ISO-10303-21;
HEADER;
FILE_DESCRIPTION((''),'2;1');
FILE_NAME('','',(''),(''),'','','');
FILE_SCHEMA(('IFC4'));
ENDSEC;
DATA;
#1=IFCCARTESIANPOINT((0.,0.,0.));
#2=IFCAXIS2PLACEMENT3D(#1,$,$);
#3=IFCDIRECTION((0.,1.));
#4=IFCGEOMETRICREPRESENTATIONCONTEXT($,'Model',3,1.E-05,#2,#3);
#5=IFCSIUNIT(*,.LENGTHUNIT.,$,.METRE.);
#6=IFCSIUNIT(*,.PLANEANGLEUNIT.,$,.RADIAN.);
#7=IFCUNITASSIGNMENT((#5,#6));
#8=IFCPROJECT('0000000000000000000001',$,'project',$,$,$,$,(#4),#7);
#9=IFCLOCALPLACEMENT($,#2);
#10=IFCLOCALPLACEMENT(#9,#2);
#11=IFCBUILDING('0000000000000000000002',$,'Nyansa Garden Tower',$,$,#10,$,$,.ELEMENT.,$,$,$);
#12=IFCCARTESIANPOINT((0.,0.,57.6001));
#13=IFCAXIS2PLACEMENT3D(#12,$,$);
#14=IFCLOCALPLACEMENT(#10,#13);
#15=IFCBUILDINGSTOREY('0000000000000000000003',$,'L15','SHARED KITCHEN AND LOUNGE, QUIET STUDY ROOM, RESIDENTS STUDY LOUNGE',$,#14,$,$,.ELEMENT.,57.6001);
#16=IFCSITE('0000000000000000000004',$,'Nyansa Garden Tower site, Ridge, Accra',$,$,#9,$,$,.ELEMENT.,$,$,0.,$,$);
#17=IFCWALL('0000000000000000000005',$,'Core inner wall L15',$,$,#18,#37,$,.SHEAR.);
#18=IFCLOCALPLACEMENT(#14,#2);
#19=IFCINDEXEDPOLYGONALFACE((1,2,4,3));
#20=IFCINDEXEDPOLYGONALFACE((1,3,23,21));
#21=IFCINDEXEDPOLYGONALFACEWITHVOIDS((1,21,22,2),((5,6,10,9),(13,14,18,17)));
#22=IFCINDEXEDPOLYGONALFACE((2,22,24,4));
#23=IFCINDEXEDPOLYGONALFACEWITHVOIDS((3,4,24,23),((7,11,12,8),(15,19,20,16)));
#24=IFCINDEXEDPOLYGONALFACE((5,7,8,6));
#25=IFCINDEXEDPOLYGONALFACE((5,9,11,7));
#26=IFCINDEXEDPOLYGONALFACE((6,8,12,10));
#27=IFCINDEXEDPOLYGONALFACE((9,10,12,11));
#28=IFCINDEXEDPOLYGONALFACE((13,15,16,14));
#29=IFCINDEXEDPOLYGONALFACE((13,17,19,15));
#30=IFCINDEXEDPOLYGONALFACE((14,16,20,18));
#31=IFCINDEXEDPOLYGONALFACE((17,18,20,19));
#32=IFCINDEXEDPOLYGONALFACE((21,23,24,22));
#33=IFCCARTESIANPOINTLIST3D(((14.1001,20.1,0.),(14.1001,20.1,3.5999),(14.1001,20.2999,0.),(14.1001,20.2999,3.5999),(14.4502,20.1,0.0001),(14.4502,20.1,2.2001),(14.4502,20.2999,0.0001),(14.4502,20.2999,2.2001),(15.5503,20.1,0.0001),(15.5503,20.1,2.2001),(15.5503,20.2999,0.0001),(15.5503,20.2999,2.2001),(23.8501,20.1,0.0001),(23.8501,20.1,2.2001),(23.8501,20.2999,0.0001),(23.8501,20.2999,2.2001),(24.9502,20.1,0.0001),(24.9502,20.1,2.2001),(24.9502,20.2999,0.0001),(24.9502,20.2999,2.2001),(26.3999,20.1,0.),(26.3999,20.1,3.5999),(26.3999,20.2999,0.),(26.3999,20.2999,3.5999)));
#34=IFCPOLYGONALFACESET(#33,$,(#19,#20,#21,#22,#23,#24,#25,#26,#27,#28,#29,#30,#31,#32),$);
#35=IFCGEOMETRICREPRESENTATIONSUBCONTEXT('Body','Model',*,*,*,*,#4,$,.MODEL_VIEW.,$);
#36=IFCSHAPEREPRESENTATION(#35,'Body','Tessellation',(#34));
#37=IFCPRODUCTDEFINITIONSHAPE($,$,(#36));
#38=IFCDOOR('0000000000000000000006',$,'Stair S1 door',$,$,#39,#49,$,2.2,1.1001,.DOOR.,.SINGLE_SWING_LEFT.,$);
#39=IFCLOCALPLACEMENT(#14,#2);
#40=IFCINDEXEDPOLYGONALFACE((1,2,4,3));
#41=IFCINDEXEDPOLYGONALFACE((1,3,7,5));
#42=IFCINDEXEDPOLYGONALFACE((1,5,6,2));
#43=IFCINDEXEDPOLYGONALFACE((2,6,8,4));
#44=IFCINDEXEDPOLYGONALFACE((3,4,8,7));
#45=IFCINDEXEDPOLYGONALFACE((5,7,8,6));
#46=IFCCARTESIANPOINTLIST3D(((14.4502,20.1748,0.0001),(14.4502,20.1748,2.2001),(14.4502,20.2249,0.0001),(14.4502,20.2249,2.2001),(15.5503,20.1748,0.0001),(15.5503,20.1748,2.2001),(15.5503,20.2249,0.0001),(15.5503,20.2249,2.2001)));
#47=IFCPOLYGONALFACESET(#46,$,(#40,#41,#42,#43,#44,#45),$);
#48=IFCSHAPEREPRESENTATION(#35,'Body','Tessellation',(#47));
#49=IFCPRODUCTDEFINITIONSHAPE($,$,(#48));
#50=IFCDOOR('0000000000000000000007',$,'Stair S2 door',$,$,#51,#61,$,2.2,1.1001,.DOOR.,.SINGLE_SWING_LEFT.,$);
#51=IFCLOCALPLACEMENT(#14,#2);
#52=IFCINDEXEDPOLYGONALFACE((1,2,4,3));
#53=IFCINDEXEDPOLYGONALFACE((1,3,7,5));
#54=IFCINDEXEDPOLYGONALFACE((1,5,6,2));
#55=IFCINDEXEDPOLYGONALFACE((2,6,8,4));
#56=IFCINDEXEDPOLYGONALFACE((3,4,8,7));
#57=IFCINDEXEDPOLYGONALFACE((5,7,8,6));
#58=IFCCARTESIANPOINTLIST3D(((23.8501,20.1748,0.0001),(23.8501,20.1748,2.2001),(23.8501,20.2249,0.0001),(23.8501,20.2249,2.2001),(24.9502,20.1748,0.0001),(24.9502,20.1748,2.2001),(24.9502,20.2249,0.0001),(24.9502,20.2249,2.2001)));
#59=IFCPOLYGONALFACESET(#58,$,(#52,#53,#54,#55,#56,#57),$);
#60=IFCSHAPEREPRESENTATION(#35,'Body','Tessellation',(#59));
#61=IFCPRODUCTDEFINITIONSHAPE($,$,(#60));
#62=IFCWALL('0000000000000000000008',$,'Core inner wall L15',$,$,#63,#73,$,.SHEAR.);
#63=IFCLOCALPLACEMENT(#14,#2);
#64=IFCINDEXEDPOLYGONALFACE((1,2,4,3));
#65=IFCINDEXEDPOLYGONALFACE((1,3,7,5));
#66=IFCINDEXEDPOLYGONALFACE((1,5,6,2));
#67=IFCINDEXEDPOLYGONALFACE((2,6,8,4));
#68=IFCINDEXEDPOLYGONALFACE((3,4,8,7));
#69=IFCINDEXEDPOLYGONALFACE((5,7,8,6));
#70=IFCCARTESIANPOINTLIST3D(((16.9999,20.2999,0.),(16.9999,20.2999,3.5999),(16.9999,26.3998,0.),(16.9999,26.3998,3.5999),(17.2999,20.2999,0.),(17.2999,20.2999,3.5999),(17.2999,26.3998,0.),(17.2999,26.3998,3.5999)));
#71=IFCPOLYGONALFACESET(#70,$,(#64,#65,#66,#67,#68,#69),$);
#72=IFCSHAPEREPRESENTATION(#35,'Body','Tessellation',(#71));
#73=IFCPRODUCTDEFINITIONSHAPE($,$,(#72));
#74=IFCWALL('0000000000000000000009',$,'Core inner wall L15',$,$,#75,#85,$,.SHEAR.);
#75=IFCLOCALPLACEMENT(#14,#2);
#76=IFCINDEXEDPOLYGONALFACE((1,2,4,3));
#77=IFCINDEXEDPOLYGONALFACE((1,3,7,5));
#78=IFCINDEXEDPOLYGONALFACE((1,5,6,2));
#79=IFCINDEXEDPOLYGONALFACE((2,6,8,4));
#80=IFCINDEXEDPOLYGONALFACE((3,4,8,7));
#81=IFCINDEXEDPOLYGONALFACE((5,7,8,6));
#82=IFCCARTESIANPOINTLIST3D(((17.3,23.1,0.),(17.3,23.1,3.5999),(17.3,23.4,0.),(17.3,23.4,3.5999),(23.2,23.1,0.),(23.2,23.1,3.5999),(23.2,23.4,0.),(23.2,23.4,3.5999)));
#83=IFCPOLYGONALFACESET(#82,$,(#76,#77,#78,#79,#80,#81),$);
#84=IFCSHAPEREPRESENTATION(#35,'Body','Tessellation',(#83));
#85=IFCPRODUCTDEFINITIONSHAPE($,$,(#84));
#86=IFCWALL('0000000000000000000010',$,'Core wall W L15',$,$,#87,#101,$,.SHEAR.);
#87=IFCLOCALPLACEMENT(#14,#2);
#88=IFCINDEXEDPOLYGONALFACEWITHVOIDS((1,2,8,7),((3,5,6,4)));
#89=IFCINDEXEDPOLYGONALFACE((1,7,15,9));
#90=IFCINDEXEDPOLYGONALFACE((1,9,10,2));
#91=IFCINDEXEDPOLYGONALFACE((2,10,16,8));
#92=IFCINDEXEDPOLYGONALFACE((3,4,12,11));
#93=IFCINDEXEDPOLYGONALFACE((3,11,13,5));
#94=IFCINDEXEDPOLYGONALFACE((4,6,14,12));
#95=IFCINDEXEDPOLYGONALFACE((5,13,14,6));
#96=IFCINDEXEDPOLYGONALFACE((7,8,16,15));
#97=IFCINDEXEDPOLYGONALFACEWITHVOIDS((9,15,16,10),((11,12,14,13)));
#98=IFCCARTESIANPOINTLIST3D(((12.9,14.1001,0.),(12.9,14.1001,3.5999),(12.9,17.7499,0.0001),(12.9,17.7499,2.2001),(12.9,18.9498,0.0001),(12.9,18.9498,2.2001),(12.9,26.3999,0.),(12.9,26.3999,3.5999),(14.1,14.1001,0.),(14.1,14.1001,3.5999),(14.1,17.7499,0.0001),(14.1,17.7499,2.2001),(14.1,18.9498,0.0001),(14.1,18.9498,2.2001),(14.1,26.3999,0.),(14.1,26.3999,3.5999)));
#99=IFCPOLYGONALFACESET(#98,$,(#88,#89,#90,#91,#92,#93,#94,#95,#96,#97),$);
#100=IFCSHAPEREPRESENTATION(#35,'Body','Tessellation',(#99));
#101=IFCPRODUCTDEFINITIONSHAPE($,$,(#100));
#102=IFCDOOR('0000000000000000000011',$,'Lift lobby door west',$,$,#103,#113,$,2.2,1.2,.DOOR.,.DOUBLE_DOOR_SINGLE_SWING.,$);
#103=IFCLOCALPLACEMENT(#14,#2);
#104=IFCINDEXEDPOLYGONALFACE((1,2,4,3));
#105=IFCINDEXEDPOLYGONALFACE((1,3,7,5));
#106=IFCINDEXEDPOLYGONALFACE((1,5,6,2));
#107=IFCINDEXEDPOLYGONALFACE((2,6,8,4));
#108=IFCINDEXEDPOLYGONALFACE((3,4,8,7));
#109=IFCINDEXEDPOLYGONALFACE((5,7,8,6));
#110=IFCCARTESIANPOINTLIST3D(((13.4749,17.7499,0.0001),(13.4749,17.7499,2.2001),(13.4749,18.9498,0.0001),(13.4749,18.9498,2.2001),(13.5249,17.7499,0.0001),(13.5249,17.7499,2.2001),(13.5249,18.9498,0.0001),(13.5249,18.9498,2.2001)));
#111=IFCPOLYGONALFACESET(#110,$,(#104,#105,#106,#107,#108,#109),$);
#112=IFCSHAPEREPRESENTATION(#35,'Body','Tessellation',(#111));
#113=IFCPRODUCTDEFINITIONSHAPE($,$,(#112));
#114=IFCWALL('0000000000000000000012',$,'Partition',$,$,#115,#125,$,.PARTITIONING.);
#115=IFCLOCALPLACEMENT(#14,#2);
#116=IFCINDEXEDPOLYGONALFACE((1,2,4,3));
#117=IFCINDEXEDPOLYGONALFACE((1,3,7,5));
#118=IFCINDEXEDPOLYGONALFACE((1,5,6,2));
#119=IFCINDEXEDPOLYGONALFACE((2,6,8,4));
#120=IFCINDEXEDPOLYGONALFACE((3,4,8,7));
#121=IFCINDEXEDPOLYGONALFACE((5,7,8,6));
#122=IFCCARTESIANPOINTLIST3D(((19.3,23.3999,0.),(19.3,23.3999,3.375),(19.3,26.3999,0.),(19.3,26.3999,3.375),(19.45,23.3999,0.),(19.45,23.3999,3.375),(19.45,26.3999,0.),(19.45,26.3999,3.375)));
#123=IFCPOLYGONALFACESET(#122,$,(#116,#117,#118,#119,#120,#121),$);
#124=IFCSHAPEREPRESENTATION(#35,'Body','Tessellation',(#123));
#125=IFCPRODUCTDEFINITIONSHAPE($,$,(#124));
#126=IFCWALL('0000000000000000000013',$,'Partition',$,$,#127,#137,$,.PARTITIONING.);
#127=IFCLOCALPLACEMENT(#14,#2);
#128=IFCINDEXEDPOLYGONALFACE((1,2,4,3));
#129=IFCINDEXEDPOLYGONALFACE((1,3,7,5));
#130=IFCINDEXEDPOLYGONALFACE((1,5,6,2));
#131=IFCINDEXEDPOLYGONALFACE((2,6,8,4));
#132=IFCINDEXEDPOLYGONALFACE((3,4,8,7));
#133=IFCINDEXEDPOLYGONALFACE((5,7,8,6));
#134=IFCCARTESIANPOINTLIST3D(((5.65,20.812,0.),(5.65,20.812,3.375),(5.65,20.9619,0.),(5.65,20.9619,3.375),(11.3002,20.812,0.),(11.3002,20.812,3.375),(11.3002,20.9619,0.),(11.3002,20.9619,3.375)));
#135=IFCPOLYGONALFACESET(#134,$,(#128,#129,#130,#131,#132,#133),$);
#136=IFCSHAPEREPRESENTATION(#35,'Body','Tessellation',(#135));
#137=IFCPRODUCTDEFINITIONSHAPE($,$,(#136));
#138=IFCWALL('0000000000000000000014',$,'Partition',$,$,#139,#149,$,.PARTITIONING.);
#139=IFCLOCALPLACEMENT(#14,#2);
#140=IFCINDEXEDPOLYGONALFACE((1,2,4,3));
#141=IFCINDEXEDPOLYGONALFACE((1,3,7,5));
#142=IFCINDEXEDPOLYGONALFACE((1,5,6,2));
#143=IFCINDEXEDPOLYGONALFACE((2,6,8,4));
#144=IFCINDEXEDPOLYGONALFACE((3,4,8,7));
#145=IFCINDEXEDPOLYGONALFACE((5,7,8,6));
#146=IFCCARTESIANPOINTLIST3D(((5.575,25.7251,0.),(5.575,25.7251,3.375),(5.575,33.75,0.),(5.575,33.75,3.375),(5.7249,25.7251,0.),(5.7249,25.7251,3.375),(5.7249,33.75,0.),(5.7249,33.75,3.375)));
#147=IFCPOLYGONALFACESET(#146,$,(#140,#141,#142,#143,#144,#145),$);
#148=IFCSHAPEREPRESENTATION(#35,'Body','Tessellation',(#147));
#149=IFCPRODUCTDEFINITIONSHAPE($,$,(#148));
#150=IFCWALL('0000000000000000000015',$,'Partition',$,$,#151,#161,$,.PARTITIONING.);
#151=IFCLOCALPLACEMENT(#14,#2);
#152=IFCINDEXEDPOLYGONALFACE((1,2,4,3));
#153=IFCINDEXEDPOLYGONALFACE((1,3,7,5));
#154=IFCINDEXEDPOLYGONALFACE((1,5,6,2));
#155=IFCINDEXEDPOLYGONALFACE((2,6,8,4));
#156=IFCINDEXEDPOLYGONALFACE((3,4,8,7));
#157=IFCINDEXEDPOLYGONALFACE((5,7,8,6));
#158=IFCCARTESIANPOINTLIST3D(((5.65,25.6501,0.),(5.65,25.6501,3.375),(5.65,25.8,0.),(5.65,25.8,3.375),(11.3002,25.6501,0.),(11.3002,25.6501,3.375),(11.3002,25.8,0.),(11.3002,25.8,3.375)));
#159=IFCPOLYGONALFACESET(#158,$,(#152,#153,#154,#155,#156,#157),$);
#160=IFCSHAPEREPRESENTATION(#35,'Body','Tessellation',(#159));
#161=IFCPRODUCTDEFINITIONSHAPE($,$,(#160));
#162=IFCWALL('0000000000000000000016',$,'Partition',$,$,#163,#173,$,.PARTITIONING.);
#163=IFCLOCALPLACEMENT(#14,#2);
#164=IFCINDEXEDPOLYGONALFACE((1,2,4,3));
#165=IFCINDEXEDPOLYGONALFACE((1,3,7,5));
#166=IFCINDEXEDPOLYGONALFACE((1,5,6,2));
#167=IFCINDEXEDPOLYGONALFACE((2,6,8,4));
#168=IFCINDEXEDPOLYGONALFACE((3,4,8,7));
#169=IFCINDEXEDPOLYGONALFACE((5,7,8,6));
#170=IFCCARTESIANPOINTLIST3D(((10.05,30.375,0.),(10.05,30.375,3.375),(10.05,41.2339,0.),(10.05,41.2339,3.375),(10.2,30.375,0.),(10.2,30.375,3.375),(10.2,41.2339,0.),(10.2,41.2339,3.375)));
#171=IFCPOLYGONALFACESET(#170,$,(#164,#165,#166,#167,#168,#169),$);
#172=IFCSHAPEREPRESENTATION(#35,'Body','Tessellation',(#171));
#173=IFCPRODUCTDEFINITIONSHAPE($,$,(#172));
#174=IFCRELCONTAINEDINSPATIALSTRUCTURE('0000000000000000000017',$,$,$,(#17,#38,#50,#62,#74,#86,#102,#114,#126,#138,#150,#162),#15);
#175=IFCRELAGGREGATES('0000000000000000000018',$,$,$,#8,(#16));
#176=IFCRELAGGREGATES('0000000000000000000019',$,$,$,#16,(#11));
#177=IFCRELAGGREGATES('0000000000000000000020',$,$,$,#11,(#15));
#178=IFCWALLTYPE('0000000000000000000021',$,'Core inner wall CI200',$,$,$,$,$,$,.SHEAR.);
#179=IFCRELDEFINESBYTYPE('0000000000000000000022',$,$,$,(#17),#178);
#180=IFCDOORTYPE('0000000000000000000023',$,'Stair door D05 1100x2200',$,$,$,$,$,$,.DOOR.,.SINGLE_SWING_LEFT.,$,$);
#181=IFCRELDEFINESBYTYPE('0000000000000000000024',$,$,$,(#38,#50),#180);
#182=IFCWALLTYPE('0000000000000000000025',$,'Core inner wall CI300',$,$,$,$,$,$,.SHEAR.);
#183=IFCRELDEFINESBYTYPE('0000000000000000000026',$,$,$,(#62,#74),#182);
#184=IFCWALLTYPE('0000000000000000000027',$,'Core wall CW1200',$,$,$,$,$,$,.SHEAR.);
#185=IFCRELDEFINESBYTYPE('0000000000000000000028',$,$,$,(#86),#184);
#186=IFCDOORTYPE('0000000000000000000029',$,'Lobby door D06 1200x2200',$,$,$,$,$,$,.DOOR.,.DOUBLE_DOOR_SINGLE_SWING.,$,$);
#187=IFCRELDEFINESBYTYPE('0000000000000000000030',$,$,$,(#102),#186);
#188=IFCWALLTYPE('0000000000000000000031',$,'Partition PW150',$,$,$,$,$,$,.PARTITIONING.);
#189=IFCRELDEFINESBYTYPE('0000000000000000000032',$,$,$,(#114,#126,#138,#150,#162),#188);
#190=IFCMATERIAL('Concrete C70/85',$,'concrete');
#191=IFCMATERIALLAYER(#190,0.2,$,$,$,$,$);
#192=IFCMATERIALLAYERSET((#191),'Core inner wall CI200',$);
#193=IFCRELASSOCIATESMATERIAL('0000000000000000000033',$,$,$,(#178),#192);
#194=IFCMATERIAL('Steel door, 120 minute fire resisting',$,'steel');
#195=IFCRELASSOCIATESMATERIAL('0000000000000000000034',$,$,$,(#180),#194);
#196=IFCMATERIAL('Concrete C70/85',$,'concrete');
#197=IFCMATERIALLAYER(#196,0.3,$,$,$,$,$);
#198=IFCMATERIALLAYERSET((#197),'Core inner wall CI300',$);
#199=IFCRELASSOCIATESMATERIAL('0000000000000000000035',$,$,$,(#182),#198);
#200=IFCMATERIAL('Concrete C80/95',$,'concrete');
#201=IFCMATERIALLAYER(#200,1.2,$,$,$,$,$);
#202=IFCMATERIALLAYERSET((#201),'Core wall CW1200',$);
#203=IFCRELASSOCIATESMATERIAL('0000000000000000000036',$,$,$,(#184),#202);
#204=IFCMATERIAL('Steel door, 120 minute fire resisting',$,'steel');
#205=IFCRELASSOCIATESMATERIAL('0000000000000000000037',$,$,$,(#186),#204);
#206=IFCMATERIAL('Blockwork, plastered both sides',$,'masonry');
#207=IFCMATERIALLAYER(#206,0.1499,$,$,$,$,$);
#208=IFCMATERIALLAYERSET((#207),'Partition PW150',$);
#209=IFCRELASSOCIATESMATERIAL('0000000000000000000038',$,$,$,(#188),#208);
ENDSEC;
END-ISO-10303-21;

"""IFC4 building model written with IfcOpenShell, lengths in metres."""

from ifc_helpers import new_model, si_unit, direction, frame, frame_2d, origin, place, context, subcontext, project, spatial, rectangle, extrude, material, layer, layer_set, type_object, element, fill, save


model = new_model("IFC4")

# Units and contexts
model_context = context("Model", 3, precision=1e-05, world=origin(), true_north=direction((0.0, 1.0)))
body_context = subcontext(model_context, "Body", "Model", "MODEL_VIEW")
ifc_project = project(units=[si_unit("LENGTHUNIT", "METRE"), si_unit("PLANEANGLEUNIT", "RADIAN")], contexts=[model_context])

# Site, building, storey
site_placement = place(None, origin())
site = spatial("IfcSite", under=ifc_project, at=site_placement, Name="Nyansa Garden Tower site, Ridge, Accra", CompositionType="ELEMENT", RefElevation=0.0)
building_placement = place(site_placement, origin())
building = spatial("IfcBuilding", under=site, at=building_placement, Name="Nyansa Garden Tower", CompositionType="ELEMENT")
storey_placement = place(building_placement, frame((0.0, 0.0, 57.6001)))
storey = spatial("IfcBuildingStorey", under=building, at=storey_placement, Name="L15", Description="SHARED KITCHEN AND LOUNGE, QUIET STUDY ROOM, RESIDENTS STUDY LOUNGE", CompositionType="ELEMENT", Elevation=57.6001)

# Wall, openings, doors
ifc_material_1 = material(Name="Concrete C70/85", Category="concrete")
ifc_layer_1 = layer(ifc_material_1, 0.2)
ifc_layer_set_1 = layer_set([ifc_layer_1], Name="Core inner wall CI200")
wall_type_1 = type_object("IfcWallType", Name="Core inner wall CI200", PredefinedType="SHEAR", material=ifc_layer_set_1)
wall_1_placement = place(storey_placement, frame((14.1001, 20.2, 0.0), z_axis=(0.0, 0.0, 1.0), x_axis=(1.0, 0.0, 0.0)))
wall_1 = element("IfcWall", 1, at=wall_1_placement, inside=storey, type_object=wall_type_1, Name="Core inner wall L15", PredefinedType="SHEAR", context=body_context, shape_type="SweptSolid", body=[
    extrude(rectangle(XDim=12.2998, YDim=0.2, at=frame_2d((6.1499, 0.0))), origin(), (0.0, 0.0, 1.0), 3.5999),
])
opening_1_placement = place(wall_1_placement, frame((0.3501, 0.0, 0.0)))
opening_1 = element("IfcOpeningElement", 2, at=opening_1_placement, cuts=wall_1, PredefinedType="OPENING", context=body_context, shape_type="SweptSolid", body=[
    extrude(rectangle(XDim=1.1001, YDim=2.2, at=frame_2d((0.55, 1.1001))), frame((0.0, 0.1099, 0.0), z_axis=(0.0, -1.0, 0.0), x_axis=(1.0, 0.0, 0.0)), (0.0, 0.0, 1.0), 0.22),
])
opening_2_placement = place(wall_1_placement, frame((9.75, 0.0, 0.0)))
opening_2 = element("IfcOpeningElement", 3, at=opening_2_placement, cuts=wall_1, PredefinedType="OPENING", context=body_context, shape_type="SweptSolid", body=[
    extrude(rectangle(XDim=1.1001, YDim=2.2, at=frame_2d((0.55, 1.1001))), frame((0.0, 0.1099, 0.0), z_axis=(0.0, -1.0, 0.0), x_axis=(1.0, 0.0, 0.0)), (0.0, 0.0, 1.0), 0.22),
])
ifc_material_2 = material(Name="Steel door, 120 minute fire resisting", Category="steel")
door_type_1 = type_object("IfcDoorType", Name="Stair door D05 1100x2200", OperationType="SINGLE_SWING_LEFT", PredefinedType="DOOR", material=ifc_material_2)
door_1_placement = place(opening_1_placement, origin())
door_1 = element("IfcDoor", 4, at=door_1_placement, inside=storey, type_object=door_type_1, Name="Stair S1 door", OperationType="SINGLE_SWING_LEFT", OverallHeight=2.2, OverallWidth=1.1001, PredefinedType="DOOR", context=body_context, shape_type="SweptSolid", body=[
    extrude(rectangle(XDim=1.1001, YDim=2.2, at=frame_2d((0.55, 1.1001))), frame((0.0, 0.0249, 0.0), z_axis=(0.0, -1.0, 0.0), x_axis=(1.0, 0.0, 0.0)), (0.0, 0.0, 1.0), 0.05),
])
fill(opening_1, door_1)
door_2_placement = place(opening_2_placement, origin())
door_2 = element("IfcDoor", 5, at=door_2_placement, inside=storey, type_object=door_type_1, Name="Stair S2 door", OperationType="SINGLE_SWING_LEFT", OverallHeight=2.2, OverallWidth=1.1001, PredefinedType="DOOR", context=body_context, shape_type="SweptSolid", body=[
    extrude(rectangle(XDim=1.1001, YDim=2.2, at=frame_2d((0.55, 1.1001))), frame((0.0, 0.0249, 0.0), z_axis=(0.0, -1.0, 0.0), x_axis=(1.0, 0.0, 0.0)), (0.0, 0.0, 1.0), 0.05),
])
fill(opening_2, door_2)

# Walls
ifc_material_3 = material(Name="Concrete C70/85", Category="concrete")
ifc_layer_2 = layer(ifc_material_3, 0.3)
ifc_layer_set_2 = layer_set([ifc_layer_2], Name="Core inner wall CI300")
wall_type_2 = type_object("IfcWallType", Name="Core inner wall CI300", PredefinedType="SHEAR", material=ifc_layer_set_2)
wall_2_placement = place(storey_placement, frame((17.1499, 20.3, 0.0), z_axis=(0.0, 0.0, 1.0), x_axis=(0.0, 1.0, 0.0)))
element("IfcWall", 6, at=wall_2_placement, inside=storey, type_object=wall_type_2, Name="Core inner wall L15", PredefinedType="SHEAR", context=body_context, shape_type="SweptSolid", body=[
    extrude(rectangle(XDim=6.0999, YDim=0.3, at=frame_2d((3.0498, 0.0))), origin(), (0.0, 0.0, 1.0), 3.5999),
])
wall_3_placement = place(storey_placement, frame((17.3, 23.25, 0.0), z_axis=(0.0, 0.0, 1.0), x_axis=(1.0, 0.0, 0.0)))
element("IfcWall", 7, at=wall_3_placement, inside=storey, type_object=wall_type_2, Name="Core inner wall L15", PredefinedType="SHEAR", context=body_context, shape_type="SweptSolid", body=[
    extrude(rectangle(XDim=5.8999, YDim=0.3, at=frame_2d((2.95, 0.0))), origin(), (0.0, 0.0, 1.0), 3.5999),
])

# Wall, opening, door
ifc_material_4 = material(Name="Concrete C80/95", Category="concrete")
ifc_layer_3 = layer(ifc_material_4, 1.2)
ifc_layer_set_3 = layer_set([ifc_layer_3], Name="Core wall CW1200")
wall_type_3 = type_object("IfcWallType", Name="Core wall CW1200", PredefinedType="SHEAR", material=ifc_layer_set_3)
wall_4_placement = place(storey_placement, frame((13.5, 26.3999, 0.0), z_axis=(0.0, 0.0, 1.0), x_axis=(0.0, -1.0, 0.0)))
wall_4 = element("IfcWall", 8, at=wall_4_placement, inside=storey, type_object=wall_type_3, Name="Core wall W L15", PredefinedType="SHEAR", context=body_context, shape_type="SweptSolid", body=[
    extrude(rectangle(XDim=12.2998, YDim=1.2, at=frame_2d((6.1499, 0.0))), origin(), (0.0, 0.0, 1.0), 3.5999),
])
opening_3_placement = place(wall_4_placement, frame((7.45, 0.0, 0.0)))
opening_3 = element("IfcOpeningElement", 9, at=opening_3_placement, cuts=wall_4, PredefinedType="OPENING", context=body_context, shape_type="SweptSolid", body=[
    extrude(rectangle(XDim=1.2, YDim=2.2, at=frame_2d((0.6001, 1.1001))), frame((0.0, 0.6099, 0.0), z_axis=(0.0, -1.0, 0.0), x_axis=(1.0, 0.0, 0.0)), (0.0, 0.0, 1.0), 1.22),
])
ifc_material_5 = material(Name="Steel door, 120 minute fire resisting", Category="steel")
door_type_2 = type_object("IfcDoorType", Name="Lobby door D06 1200x2200", OperationType="DOUBLE_DOOR_SINGLE_SWING", PredefinedType="DOOR", material=ifc_material_5)
door_3_placement = place(opening_3_placement, origin())
door_3 = element("IfcDoor", 10, at=door_3_placement, inside=storey, type_object=door_type_2, Name="Lift lobby door west", OperationType="DOUBLE_DOOR_SINGLE_SWING", OverallHeight=2.2, OverallWidth=1.2, PredefinedType="DOOR", context=body_context, shape_type="SweptSolid", body=[
    extrude(rectangle(XDim=1.2, YDim=2.2, at=frame_2d((0.6001, 1.1001))), frame((0.0, 0.0249, 0.0), z_axis=(0.0, -1.0, 0.0), x_axis=(1.0, 0.0, 0.0)), (0.0, 0.0, 1.0), 0.05),
])
fill(opening_3, door_3)

# Walls
ifc_material_6 = material(Name="Blockwork, plastered both sides", Category="masonry")
ifc_layer_4 = layer(ifc_material_6, 0.1499)
ifc_layer_set_4 = layer_set([ifc_layer_4], Name="Partition PW150")
wall_type_4 = type_object("IfcWallType", Name="Partition PW150", PredefinedType="PARTITIONING", material=ifc_layer_set_4)
wall_5_placement = place(storey_placement, frame((19.375, 23.3999, 0.0), z_axis=(0.0, 0.0, 1.0), x_axis=(0.0, 1.0, 0.0)))
element("IfcWall", 11, at=wall_5_placement, inside=storey, type_object=wall_type_4, Name="Partition", PredefinedType="PARTITIONING", context=body_context, shape_type="SweptSolid", body=[
    extrude(rectangle(XDim=3.0, YDim=0.1499, at=frame_2d((1.5, 0.0))), origin(), (0.0, 0.0, 1.0), 3.375),
])
wall_6_placement = place(storey_placement, frame((5.6499, 20.887, 0.0), z_axis=(0.0, 0.0, 1.0), x_axis=(1.0, 0.0, 0.0)))
element("IfcWall", 12, at=wall_6_placement, inside=storey, type_object=wall_type_4, Name="Partition", PredefinedType="PARTITIONING", context=body_context, shape_type="SweptSolid", body=[
    extrude(rectangle(XDim=5.6501, YDim=0.1499, at=frame_2d((2.8252, 0.0))), origin(), (0.0, 0.0, 1.0), 3.375),
])
wall_7_placement = place(storey_placement, frame((5.6499, 25.7251, 0.0), z_axis=(0.0, 0.0, 1.0), x_axis=(0.0, 1.0, 0.0)))
element("IfcWall", 13, at=wall_7_placement, inside=storey, type_object=wall_type_4, Name="Partition", PredefinedType="PARTITIONING", context=body_context, shape_type="SweptSolid", body=[
    extrude(rectangle(XDim=8.0249, YDim=0.1499, at=frame_2d((4.0125, 0.0))), origin(), (0.0, 0.0, 1.0), 3.375),
])
wall_8_placement = place(storey_placement, frame((5.6499, 25.7251, 0.0), z_axis=(0.0, 0.0, 1.0), x_axis=(1.0, 0.0, 0.0)))
element("IfcWall", 14, at=wall_8_placement, inside=storey, type_object=wall_type_4, Name="Partition", PredefinedType="PARTITIONING", context=body_context, shape_type="SweptSolid", body=[
    extrude(rectangle(XDim=5.6501, YDim=0.1499, at=frame_2d((2.8252, 0.0))), origin(), (0.0, 0.0, 1.0), 3.375),
])
wall_9_placement = place(storey_placement, frame((10.125, 30.375, 0.0), z_axis=(0.0, 0.0, 1.0), x_axis=(0.0, 1.0, 0.0)))
element("IfcWall", 15, at=wall_9_placement, inside=storey, type_object=wall_type_4, Name="Partition", PredefinedType="PARTITIONING", context=body_context, shape_type="SweptSolid", body=[
    extrude(rectangle(XDim=10.8589, YDim=0.1499, at=frame_2d((5.4294, 0.0))), origin(), (0.0, 0.0, 1.0), 3.375),
])

save(model, "model.ifc")
